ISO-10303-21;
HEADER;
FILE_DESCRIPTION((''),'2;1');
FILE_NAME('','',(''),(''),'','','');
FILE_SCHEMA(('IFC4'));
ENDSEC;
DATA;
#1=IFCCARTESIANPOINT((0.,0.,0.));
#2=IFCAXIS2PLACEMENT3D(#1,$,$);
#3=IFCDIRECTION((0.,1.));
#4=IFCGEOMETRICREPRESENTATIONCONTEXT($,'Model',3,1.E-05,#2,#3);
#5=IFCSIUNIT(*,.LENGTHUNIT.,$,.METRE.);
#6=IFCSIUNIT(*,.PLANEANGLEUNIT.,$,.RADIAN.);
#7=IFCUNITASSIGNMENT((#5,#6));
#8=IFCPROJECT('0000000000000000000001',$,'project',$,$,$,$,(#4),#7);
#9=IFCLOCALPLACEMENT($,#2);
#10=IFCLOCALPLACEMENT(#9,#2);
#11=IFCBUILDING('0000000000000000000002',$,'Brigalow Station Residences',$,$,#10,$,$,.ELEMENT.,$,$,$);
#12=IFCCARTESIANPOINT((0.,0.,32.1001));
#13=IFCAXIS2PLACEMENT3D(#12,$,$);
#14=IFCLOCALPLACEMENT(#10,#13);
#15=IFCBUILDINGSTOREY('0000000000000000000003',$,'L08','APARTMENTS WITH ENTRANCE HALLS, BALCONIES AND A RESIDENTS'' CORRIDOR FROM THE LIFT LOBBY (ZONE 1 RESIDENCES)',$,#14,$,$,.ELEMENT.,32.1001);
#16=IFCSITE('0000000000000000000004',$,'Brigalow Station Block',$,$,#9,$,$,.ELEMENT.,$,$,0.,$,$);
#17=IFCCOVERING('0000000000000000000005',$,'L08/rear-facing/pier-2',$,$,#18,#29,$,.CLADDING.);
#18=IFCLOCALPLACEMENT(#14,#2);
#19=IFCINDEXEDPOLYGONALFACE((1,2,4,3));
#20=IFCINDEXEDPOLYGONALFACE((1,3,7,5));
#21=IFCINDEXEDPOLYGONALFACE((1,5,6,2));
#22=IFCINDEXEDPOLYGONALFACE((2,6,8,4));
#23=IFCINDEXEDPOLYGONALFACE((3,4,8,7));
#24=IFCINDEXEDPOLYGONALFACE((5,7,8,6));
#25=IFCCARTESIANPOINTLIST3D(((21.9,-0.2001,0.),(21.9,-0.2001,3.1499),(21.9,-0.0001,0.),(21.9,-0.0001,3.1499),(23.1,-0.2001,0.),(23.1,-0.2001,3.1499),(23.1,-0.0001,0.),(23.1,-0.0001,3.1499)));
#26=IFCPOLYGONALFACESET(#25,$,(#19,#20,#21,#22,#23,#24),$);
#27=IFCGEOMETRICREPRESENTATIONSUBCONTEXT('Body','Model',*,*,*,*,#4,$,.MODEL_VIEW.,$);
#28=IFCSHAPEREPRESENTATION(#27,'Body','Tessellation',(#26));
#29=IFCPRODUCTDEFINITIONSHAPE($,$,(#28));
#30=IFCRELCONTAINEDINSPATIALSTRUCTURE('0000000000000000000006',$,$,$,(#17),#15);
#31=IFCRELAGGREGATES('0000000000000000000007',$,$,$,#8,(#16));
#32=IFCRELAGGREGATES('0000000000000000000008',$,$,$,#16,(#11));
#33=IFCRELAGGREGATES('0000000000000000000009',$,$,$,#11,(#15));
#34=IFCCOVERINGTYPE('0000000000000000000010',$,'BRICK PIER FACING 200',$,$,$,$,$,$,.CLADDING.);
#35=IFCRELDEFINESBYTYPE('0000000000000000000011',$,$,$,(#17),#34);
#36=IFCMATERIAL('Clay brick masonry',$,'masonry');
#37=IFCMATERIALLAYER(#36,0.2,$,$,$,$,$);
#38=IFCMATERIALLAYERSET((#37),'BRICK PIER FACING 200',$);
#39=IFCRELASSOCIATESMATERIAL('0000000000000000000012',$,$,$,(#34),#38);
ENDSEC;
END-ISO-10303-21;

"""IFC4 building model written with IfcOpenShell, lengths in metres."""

from ifc_helpers import new_model, si_unit, direction, frame, origin, origin_2d, place, context, subcontext, project, spatial, rectangle, extrude, material, layer, layer_set, type_object, element, save


model = new_model("IFC4")

# Units and contexts
model_context = context("Model", 3, precision=1e-05, world=origin(), true_north=direction((0.0, 1.0)))
body_context = subcontext(model_context, "Body", "Model", "MODEL_VIEW")
ifc_project = project(units=[si_unit("LENGTHUNIT", "METRE"), si_unit("PLANEANGLEUNIT", "RADIAN")], contexts=[model_context])

# Site, building, storey
site_placement = place(None, origin())
site = spatial("IfcSite", under=ifc_project, at=site_placement, Name="Brigalow Station Block", CompositionType="ELEMENT", RefElevation=0.0)
building_placement = place(site_placement, origin())
building = spatial("IfcBuilding", under=site, at=building_placement, Name="Brigalow Station Residences", CompositionType="ELEMENT")
storey_placement = place(building_placement, frame((0.0, 0.0, 32.1001)))
storey = spatial("IfcBuildingStorey", under=building, at=storey_placement, Name="L08", Description="APARTMENTS WITH ENTRANCE HALLS, BALCONIES AND A RESIDENTS' CORRIDOR FROM THE LIFT LOBBY (ZONE 1 RESIDENCES)", CompositionType="ELEMENT", Elevation=32.1001)

# Covering
ifc_material_1 = material(Name="Clay brick masonry", Category="masonry")
ifc_layer_1 = layer(ifc_material_1, 0.2)
ifc_layer_set_1 = layer_set([ifc_layer_1], Name="BRICK PIER FACING 200")
covering_type_1 = type_object("IfcCoveringType", Name="BRICK PIER FACING 200", PredefinedType="CLADDING", material=ifc_layer_set_1)
covering_1_placement = place(storey_placement, frame((22.5, -0.1001, 0.0), z_axis=(0.0, 0.0, 1.0), x_axis=(1.0, 0.0, 0.0)))
element("IfcCovering", 1, at=covering_1_placement, inside=storey, type_object=covering_type_1, Name="L08/rear-facing/pier-2", PredefinedType="CLADDING", context=body_context, shape_type="SweptSolid", body=[
    extrude(rectangle(XDim=1.2, YDim=0.2, at=origin_2d()), origin(), (0.0, 0.0, 1.0), 3.1499),
])

save(model, "model.ifc")
